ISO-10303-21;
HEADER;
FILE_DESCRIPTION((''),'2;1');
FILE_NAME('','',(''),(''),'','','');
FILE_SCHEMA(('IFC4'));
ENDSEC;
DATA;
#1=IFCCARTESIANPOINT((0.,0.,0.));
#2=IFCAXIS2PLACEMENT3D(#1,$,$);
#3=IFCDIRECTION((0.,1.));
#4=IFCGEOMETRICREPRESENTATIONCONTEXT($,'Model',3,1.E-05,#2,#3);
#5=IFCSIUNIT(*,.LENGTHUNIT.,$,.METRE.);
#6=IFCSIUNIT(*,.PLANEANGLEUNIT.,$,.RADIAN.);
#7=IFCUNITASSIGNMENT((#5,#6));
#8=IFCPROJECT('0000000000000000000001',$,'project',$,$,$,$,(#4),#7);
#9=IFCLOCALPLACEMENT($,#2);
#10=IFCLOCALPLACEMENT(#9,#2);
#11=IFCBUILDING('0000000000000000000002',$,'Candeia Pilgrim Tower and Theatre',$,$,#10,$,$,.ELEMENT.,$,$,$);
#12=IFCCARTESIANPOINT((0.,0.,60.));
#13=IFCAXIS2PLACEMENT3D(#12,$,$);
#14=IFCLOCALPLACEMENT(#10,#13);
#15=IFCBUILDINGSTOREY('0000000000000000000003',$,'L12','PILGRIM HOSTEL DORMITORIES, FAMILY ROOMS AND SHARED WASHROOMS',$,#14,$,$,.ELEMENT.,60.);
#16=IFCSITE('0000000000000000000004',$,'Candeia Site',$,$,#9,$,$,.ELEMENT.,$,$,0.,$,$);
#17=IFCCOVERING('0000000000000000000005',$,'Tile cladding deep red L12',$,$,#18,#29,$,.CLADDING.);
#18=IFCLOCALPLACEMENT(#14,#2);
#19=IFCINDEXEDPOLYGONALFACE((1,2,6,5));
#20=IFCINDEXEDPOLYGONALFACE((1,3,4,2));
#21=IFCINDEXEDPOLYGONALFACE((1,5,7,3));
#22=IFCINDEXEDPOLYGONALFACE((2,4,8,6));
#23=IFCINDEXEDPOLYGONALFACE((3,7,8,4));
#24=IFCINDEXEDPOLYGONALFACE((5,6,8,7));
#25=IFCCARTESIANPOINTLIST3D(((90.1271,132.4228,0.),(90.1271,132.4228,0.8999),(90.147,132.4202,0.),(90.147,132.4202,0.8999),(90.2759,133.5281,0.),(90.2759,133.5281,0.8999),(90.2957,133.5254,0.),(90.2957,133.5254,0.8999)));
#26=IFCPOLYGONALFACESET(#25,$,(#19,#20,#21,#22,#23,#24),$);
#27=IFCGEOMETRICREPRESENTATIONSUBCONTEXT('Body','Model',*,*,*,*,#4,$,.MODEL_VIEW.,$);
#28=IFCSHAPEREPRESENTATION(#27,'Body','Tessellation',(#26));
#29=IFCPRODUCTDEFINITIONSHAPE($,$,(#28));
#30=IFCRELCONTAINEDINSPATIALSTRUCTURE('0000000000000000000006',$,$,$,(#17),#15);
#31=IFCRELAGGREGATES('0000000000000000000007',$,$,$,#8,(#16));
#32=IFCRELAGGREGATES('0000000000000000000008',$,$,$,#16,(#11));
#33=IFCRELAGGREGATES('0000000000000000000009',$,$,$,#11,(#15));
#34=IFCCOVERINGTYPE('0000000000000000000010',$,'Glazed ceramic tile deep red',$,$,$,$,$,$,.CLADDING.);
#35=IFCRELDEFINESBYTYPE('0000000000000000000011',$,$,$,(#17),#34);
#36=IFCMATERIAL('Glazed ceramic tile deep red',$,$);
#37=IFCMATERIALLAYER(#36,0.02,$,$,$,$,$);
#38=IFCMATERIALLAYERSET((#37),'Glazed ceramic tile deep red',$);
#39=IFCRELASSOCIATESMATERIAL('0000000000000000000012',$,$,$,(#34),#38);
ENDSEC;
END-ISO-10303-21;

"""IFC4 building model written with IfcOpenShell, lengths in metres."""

from ifc_helpers import new_model, si_unit, direction, frame, origin, origin_2d, place, context, subcontext, project, spatial, rectangle, extrude, material, layer, layer_set, type_object, element, save


model = new_model("IFC4")

# Units and contexts
model_context = context("Model", 3, precision=1e-05, world=origin(), true_north=direction((0.0, 1.0)))
body_context = subcontext(model_context, "Body", "Model", "MODEL_VIEW")
ifc_project = project(units=[si_unit("LENGTHUNIT", "METRE"), si_unit("PLANEANGLEUNIT", "RADIAN")], contexts=[model_context])

# Site, building, storey
site_placement = place(None, origin())
site = spatial("IfcSite", under=ifc_project, at=site_placement, Name="Candeia Site", CompositionType="ELEMENT", RefElevation=0.0)
building_placement = place(site_placement, origin())
building = spatial("IfcBuilding", under=site, at=building_placement, Name="Candeia Pilgrim Tower and Theatre", CompositionType="ELEMENT")
storey_placement = place(building_placement, frame((0.0, 0.0, 60.0)))
storey = spatial("IfcBuildingStorey", under=building, at=storey_placement, Name="L12", Description="PILGRIM HOSTEL DORMITORIES, FAMILY ROOMS AND SHARED WASHROOMS", CompositionType="ELEMENT", Elevation=60.0)

# Covering
ifc_material_1 = material(Name="Glazed ceramic tile deep red")
ifc_layer_1 = layer(ifc_material_1, 0.02)
ifc_layer_set_1 = layer_set([ifc_layer_1], Name="Glazed ceramic tile deep red")
covering_type = type_object("IfcCoveringType", Name="Glazed ceramic tile deep red", PredefinedType="CLADDING", material=ifc_layer_set_1)
covering_1_placement = place(storey_placement, frame((90.2114, 132.9741, 0.0), z_axis=(0.0, 0.0, 1.0), x_axis=(-0.133412, -0.991061, 0.0)))
element("IfcCovering", 1, at=covering_1_placement, inside=storey, type_object=covering_type, Name="Tile cladding deep red L12", PredefinedType="CLADDING", context=body_context, shape_type="SweptSolid", body=[
    extrude(rectangle(XDim=1.1152, YDim=0.02, at=origin_2d()), origin(), (0.0, 0.0, 1.0), 0.8999),
])

save(model, "model.ifc")
